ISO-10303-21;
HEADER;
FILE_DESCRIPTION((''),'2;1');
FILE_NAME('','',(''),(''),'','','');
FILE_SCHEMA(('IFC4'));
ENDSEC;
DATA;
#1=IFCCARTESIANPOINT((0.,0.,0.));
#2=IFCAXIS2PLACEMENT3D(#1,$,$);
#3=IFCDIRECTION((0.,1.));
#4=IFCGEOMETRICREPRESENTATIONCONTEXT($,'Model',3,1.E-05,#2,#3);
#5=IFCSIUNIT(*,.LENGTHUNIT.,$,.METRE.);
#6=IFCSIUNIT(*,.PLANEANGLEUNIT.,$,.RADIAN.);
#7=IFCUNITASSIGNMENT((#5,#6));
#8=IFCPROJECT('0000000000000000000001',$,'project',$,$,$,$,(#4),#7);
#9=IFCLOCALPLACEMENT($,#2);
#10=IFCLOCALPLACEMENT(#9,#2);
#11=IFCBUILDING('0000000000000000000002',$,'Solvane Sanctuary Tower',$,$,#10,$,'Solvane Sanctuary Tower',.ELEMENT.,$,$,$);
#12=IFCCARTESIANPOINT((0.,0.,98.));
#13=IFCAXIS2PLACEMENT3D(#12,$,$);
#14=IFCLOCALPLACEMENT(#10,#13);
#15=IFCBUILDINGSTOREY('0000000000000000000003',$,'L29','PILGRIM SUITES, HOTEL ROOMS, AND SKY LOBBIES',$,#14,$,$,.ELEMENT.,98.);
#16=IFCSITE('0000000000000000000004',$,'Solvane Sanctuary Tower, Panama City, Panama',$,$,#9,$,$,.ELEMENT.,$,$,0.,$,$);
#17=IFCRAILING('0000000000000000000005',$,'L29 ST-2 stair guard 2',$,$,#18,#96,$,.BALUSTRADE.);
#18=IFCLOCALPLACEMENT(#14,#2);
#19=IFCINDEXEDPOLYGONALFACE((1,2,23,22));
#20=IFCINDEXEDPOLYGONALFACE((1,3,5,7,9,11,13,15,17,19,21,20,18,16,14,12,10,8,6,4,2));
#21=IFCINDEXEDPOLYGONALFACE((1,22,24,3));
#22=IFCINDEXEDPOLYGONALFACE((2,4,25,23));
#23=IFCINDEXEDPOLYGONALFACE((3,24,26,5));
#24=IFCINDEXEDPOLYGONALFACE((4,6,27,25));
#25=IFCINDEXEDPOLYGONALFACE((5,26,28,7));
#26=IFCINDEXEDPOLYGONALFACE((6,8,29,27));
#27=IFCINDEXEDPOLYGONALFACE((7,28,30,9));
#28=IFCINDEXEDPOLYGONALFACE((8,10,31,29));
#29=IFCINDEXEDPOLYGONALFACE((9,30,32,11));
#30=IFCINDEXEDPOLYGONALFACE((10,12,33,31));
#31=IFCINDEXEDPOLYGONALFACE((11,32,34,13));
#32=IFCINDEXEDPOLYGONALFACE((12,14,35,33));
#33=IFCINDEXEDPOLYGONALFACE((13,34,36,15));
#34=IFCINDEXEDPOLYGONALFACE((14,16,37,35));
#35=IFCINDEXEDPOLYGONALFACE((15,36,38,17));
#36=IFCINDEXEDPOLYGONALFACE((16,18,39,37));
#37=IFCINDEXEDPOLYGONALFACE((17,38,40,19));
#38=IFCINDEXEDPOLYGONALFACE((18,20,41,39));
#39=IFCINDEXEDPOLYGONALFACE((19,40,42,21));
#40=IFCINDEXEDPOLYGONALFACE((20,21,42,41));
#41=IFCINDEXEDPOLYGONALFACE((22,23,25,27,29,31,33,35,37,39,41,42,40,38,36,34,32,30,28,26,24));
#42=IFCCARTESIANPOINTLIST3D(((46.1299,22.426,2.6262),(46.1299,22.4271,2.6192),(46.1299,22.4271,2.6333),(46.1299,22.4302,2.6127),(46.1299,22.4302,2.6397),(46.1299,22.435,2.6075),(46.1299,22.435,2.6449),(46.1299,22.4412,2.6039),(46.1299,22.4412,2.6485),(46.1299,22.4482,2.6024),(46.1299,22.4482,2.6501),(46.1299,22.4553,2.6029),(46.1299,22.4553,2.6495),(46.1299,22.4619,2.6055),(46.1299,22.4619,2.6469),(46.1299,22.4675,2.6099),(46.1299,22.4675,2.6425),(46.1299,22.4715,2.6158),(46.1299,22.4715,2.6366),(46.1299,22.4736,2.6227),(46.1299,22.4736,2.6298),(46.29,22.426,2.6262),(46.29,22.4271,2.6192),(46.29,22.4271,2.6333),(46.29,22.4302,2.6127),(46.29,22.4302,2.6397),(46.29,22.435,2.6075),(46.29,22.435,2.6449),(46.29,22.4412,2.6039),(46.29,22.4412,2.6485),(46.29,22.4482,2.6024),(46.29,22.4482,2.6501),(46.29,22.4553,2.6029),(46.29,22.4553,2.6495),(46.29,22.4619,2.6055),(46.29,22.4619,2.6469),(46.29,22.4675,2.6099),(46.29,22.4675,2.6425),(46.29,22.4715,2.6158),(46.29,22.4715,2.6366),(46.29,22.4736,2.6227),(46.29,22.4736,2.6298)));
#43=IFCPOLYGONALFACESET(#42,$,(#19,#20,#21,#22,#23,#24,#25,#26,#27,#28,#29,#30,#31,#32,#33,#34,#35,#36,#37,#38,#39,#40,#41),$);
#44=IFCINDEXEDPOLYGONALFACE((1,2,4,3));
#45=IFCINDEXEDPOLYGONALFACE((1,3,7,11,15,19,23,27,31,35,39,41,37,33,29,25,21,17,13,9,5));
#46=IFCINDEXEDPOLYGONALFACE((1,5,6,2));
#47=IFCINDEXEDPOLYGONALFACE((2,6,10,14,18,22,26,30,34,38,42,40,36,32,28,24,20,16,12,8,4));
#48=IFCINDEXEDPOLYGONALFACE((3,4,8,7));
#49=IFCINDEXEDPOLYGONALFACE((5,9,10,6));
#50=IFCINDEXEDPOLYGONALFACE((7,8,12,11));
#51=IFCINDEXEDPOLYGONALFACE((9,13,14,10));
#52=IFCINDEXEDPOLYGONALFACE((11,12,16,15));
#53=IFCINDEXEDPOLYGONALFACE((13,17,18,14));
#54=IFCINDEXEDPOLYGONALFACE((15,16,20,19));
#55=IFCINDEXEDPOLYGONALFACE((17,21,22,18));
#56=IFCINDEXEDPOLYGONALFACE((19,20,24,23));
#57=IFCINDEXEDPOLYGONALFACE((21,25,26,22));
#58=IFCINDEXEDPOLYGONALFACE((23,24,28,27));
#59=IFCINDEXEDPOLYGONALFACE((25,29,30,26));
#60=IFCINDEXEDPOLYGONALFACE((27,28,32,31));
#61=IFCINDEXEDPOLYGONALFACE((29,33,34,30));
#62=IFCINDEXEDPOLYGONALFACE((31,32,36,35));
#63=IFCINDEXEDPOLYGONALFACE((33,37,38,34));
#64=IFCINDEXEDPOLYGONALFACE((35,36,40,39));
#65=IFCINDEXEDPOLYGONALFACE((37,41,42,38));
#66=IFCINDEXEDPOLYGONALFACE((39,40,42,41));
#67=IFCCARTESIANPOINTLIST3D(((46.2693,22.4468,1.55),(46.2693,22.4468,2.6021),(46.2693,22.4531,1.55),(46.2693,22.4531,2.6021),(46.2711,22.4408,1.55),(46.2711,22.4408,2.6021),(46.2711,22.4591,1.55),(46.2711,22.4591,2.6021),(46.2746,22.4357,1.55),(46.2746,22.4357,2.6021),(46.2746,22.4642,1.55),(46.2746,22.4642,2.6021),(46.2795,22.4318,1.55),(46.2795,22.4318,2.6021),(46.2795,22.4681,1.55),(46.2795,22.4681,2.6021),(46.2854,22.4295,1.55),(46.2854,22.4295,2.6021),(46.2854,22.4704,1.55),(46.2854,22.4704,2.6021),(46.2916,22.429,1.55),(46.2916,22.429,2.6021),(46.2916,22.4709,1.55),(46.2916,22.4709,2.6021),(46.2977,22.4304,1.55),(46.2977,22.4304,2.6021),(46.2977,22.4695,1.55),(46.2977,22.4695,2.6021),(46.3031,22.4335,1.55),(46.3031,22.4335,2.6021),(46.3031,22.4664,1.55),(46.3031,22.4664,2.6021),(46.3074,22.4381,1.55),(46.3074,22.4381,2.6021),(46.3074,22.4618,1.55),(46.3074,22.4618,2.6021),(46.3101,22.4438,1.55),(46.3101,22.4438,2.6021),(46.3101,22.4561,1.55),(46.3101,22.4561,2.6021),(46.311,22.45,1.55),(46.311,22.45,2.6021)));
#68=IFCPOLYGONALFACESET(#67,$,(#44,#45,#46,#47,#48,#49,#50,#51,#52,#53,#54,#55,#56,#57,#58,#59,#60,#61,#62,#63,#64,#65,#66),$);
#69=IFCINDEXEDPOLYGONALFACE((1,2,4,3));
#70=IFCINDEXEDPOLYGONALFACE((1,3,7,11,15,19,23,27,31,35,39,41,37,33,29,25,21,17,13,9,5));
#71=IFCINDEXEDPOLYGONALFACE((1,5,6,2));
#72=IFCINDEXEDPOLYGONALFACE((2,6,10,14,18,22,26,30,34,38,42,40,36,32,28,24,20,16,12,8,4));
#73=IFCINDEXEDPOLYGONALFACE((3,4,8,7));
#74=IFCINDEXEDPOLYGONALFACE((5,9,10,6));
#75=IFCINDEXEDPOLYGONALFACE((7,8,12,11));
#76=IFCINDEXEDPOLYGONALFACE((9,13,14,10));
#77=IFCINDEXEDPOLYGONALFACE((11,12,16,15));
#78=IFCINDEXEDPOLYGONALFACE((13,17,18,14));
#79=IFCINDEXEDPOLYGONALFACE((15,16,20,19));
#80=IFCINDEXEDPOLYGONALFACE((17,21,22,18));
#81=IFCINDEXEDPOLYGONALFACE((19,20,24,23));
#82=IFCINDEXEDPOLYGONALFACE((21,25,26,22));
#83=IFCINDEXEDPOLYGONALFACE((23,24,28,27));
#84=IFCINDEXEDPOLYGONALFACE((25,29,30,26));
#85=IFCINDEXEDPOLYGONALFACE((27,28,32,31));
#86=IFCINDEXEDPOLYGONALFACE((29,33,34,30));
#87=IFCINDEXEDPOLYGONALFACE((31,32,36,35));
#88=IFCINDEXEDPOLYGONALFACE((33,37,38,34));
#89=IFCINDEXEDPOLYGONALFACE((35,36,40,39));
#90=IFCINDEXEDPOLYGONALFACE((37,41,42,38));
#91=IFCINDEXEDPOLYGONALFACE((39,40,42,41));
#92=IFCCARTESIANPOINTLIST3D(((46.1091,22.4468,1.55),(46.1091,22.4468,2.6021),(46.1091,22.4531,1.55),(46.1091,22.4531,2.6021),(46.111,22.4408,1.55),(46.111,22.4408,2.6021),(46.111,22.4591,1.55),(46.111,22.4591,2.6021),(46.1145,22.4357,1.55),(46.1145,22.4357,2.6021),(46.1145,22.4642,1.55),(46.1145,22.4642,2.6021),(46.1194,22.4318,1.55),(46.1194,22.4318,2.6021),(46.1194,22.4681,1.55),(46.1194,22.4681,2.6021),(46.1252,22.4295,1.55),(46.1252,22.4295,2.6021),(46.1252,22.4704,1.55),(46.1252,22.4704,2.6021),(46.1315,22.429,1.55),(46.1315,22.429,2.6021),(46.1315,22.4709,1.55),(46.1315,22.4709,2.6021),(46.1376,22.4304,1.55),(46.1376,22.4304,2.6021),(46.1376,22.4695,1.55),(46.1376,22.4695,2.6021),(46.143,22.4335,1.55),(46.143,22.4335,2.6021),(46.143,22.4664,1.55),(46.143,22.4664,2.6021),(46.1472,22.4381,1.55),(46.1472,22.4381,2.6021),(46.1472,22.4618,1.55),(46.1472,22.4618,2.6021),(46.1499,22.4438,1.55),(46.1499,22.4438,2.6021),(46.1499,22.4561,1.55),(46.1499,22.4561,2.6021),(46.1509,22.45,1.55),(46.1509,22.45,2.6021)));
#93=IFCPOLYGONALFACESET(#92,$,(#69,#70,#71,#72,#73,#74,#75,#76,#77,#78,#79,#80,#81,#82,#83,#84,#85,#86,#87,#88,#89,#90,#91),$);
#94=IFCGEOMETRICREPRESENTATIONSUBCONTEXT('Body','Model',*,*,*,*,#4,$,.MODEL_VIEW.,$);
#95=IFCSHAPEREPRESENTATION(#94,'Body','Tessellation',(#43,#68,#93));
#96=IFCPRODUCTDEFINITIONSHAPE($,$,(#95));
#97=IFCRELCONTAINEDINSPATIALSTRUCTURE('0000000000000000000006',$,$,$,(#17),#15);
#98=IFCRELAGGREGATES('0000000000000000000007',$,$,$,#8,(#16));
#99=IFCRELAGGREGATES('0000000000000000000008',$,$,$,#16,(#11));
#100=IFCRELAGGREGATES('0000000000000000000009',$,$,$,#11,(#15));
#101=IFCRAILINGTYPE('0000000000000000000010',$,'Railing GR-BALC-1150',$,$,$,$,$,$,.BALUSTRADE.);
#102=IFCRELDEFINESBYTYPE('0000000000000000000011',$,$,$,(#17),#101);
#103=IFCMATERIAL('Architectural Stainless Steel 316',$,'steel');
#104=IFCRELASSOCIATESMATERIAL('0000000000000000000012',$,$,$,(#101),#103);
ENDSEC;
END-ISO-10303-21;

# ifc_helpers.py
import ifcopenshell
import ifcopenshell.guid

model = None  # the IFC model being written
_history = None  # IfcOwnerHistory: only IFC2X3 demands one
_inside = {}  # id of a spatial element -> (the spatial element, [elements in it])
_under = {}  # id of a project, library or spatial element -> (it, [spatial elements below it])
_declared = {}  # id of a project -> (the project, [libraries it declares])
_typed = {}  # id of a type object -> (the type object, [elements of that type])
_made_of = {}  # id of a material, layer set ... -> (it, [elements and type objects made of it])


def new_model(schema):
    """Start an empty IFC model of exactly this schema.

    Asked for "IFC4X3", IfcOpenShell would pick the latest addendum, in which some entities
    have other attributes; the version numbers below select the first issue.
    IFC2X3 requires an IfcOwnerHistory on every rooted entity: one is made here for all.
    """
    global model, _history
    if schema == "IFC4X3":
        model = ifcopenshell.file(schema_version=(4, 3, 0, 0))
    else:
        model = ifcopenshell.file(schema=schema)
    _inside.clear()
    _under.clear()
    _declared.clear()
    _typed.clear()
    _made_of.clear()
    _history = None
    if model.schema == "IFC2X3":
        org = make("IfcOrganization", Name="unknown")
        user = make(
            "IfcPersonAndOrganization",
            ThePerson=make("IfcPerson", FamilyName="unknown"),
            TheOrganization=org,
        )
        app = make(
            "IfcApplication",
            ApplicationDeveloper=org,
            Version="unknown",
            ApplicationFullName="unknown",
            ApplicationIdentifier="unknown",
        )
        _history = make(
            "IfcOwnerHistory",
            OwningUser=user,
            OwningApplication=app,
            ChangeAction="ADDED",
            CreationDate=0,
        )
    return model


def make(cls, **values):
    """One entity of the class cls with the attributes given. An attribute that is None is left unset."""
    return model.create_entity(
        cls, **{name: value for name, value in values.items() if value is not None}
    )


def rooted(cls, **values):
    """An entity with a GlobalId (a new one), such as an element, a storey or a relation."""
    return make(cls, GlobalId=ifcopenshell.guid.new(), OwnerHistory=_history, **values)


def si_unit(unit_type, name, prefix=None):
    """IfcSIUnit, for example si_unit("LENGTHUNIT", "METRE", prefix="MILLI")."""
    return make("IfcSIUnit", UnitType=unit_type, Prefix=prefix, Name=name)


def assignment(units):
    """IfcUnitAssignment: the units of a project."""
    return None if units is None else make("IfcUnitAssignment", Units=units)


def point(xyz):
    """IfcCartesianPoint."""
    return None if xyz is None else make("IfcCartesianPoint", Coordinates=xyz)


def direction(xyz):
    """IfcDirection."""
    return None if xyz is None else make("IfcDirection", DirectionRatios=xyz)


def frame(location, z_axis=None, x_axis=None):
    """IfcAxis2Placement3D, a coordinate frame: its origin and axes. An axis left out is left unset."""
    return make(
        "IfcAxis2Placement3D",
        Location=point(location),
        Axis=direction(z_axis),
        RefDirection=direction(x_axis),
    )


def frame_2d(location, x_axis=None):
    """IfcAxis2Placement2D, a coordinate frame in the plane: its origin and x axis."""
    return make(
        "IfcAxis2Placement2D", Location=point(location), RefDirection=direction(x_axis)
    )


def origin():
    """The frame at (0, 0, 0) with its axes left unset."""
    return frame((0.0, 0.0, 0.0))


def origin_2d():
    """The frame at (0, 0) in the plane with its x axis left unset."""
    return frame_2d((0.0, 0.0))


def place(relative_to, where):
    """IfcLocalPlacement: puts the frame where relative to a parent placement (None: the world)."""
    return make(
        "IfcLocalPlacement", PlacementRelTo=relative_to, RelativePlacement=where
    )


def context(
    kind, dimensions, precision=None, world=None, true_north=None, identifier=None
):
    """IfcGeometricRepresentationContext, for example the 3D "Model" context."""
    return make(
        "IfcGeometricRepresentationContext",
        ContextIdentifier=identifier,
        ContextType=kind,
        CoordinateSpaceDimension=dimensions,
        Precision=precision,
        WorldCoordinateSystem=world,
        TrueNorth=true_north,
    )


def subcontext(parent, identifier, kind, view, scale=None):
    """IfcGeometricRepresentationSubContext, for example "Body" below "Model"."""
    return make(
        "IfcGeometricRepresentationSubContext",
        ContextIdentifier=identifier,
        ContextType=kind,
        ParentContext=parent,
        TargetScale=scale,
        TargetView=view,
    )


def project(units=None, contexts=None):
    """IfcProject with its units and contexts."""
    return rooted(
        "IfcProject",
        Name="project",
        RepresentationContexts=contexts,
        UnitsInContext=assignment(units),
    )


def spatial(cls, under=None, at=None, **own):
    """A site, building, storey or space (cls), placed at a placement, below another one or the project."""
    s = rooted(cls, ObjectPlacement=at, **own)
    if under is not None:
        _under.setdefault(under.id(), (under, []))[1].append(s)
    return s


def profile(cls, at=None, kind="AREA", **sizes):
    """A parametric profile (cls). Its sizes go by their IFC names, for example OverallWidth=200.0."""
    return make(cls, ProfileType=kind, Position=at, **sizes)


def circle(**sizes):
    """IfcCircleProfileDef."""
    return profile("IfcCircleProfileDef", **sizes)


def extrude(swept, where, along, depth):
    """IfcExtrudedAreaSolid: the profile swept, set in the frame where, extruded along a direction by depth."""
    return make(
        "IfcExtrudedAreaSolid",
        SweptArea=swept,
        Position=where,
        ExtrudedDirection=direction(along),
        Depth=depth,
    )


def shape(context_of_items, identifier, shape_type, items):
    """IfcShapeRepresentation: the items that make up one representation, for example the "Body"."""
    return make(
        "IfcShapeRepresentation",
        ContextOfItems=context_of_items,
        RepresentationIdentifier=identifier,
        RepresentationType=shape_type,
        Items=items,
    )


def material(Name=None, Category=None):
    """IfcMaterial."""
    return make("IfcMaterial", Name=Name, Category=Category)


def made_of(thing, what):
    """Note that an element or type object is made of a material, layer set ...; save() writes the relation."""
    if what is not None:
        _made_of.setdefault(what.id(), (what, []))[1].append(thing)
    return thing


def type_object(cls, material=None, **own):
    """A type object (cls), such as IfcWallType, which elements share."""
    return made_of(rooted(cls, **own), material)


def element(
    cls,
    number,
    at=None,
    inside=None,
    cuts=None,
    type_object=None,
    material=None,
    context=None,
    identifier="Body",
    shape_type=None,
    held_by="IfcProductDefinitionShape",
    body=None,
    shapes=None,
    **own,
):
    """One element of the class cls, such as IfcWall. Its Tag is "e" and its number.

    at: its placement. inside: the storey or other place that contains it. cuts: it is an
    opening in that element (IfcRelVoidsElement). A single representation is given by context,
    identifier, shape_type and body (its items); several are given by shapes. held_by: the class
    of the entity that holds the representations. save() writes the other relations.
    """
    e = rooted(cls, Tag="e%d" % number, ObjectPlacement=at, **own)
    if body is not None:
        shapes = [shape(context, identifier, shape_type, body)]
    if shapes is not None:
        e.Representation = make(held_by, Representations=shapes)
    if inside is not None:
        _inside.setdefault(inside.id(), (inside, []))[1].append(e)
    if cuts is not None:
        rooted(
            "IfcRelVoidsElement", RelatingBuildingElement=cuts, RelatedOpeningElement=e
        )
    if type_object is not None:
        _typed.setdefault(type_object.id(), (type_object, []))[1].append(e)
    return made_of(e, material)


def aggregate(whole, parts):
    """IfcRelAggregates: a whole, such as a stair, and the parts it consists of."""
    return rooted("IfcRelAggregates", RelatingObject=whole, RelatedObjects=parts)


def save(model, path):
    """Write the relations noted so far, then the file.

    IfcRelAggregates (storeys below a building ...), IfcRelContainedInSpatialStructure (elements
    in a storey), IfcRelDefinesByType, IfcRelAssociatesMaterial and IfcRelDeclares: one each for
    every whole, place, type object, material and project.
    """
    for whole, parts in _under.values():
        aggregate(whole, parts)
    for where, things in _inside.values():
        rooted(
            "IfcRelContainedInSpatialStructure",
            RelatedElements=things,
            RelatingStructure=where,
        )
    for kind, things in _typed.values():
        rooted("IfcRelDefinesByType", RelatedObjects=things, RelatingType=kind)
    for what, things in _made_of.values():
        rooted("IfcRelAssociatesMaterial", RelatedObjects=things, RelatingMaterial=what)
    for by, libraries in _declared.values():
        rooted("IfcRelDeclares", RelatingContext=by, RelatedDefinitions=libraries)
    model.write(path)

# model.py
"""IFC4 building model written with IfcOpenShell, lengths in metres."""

from ifc_helpers import new_model, si_unit, direction, frame, origin, origin_2d, place, context, subcontext, project, spatial, circle, extrude, material, type_object, element, save


model = new_model("IFC4")

# Units and contexts
model_context = context("Model", 3, precision=1e-05, world=origin(), true_north=direction((0.0, 1.0)))
body_context = subcontext(model_context, "Body", "Model", "MODEL_VIEW")
ifc_project = project(units=[si_unit("LENGTHUNIT", "METRE"), si_unit("PLANEANGLEUNIT", "RADIAN")], contexts=[model_context])

# Site, building, storey
site_placement = place(None, origin())
site = spatial("IfcSite", under=ifc_project, at=site_placement, Name="Solvane Sanctuary Tower, Panama City, Panama", CompositionType="ELEMENT", RefElevation=0.0)
building_placement = place(site_placement, origin())
building = spatial("IfcBuilding", under=site, at=building_placement, Name="Solvane Sanctuary Tower", LongName="Solvane Sanctuary Tower", CompositionType="ELEMENT")
storey_placement = place(building_placement, frame((0.0, 0.0, 98.0)))
storey = spatial("IfcBuildingStorey", under=building, at=storey_placement, Name="L29", Description="PILGRIM SUITES, HOTEL ROOMS, AND SKY LOBBIES", CompositionType="ELEMENT", Elevation=98.0)

# Shared definitions
ifc_material_1 = material(Name="Architectural Stainless Steel 316", Category="steel")

# Railing
railing_type_1 = type_object("IfcRailingType", Name="Railing GR-BALC-1150", PredefinedType="BALUSTRADE", material=ifc_material_1)
railing_1_placement = place(storey_placement, frame((46.29, 22.45, 1.55)))
element("IfcRailing", 1, at=railing_1_placement, inside=storey, type_object=railing_type_1, Name="L29 ST-2 stair guard 2", PredefinedType="BALUSTRADE", context=body_context, shape_type="SweptSolid", body=[
    extrude(circle(Radius=0.0239, at=origin_2d()), frame((0.0, 0.0, 1.0762), z_axis=(-1.0, 0.0, 0.0), x_axis=(0.0, -1.0, 0.0)), (0.0, 0.0, 1.0), 0.1602),
    extrude(circle(Radius=0.021, at=origin_2d()), origin(), (0.0, 0.0, 1.0), 1.052),
    extrude(circle(Radius=0.021, at=origin_2d()), frame((-0.1602, 0.0, 0.0)), (0.0, 0.0, 1.0), 1.052),
])

save(model, "model.ifc")
